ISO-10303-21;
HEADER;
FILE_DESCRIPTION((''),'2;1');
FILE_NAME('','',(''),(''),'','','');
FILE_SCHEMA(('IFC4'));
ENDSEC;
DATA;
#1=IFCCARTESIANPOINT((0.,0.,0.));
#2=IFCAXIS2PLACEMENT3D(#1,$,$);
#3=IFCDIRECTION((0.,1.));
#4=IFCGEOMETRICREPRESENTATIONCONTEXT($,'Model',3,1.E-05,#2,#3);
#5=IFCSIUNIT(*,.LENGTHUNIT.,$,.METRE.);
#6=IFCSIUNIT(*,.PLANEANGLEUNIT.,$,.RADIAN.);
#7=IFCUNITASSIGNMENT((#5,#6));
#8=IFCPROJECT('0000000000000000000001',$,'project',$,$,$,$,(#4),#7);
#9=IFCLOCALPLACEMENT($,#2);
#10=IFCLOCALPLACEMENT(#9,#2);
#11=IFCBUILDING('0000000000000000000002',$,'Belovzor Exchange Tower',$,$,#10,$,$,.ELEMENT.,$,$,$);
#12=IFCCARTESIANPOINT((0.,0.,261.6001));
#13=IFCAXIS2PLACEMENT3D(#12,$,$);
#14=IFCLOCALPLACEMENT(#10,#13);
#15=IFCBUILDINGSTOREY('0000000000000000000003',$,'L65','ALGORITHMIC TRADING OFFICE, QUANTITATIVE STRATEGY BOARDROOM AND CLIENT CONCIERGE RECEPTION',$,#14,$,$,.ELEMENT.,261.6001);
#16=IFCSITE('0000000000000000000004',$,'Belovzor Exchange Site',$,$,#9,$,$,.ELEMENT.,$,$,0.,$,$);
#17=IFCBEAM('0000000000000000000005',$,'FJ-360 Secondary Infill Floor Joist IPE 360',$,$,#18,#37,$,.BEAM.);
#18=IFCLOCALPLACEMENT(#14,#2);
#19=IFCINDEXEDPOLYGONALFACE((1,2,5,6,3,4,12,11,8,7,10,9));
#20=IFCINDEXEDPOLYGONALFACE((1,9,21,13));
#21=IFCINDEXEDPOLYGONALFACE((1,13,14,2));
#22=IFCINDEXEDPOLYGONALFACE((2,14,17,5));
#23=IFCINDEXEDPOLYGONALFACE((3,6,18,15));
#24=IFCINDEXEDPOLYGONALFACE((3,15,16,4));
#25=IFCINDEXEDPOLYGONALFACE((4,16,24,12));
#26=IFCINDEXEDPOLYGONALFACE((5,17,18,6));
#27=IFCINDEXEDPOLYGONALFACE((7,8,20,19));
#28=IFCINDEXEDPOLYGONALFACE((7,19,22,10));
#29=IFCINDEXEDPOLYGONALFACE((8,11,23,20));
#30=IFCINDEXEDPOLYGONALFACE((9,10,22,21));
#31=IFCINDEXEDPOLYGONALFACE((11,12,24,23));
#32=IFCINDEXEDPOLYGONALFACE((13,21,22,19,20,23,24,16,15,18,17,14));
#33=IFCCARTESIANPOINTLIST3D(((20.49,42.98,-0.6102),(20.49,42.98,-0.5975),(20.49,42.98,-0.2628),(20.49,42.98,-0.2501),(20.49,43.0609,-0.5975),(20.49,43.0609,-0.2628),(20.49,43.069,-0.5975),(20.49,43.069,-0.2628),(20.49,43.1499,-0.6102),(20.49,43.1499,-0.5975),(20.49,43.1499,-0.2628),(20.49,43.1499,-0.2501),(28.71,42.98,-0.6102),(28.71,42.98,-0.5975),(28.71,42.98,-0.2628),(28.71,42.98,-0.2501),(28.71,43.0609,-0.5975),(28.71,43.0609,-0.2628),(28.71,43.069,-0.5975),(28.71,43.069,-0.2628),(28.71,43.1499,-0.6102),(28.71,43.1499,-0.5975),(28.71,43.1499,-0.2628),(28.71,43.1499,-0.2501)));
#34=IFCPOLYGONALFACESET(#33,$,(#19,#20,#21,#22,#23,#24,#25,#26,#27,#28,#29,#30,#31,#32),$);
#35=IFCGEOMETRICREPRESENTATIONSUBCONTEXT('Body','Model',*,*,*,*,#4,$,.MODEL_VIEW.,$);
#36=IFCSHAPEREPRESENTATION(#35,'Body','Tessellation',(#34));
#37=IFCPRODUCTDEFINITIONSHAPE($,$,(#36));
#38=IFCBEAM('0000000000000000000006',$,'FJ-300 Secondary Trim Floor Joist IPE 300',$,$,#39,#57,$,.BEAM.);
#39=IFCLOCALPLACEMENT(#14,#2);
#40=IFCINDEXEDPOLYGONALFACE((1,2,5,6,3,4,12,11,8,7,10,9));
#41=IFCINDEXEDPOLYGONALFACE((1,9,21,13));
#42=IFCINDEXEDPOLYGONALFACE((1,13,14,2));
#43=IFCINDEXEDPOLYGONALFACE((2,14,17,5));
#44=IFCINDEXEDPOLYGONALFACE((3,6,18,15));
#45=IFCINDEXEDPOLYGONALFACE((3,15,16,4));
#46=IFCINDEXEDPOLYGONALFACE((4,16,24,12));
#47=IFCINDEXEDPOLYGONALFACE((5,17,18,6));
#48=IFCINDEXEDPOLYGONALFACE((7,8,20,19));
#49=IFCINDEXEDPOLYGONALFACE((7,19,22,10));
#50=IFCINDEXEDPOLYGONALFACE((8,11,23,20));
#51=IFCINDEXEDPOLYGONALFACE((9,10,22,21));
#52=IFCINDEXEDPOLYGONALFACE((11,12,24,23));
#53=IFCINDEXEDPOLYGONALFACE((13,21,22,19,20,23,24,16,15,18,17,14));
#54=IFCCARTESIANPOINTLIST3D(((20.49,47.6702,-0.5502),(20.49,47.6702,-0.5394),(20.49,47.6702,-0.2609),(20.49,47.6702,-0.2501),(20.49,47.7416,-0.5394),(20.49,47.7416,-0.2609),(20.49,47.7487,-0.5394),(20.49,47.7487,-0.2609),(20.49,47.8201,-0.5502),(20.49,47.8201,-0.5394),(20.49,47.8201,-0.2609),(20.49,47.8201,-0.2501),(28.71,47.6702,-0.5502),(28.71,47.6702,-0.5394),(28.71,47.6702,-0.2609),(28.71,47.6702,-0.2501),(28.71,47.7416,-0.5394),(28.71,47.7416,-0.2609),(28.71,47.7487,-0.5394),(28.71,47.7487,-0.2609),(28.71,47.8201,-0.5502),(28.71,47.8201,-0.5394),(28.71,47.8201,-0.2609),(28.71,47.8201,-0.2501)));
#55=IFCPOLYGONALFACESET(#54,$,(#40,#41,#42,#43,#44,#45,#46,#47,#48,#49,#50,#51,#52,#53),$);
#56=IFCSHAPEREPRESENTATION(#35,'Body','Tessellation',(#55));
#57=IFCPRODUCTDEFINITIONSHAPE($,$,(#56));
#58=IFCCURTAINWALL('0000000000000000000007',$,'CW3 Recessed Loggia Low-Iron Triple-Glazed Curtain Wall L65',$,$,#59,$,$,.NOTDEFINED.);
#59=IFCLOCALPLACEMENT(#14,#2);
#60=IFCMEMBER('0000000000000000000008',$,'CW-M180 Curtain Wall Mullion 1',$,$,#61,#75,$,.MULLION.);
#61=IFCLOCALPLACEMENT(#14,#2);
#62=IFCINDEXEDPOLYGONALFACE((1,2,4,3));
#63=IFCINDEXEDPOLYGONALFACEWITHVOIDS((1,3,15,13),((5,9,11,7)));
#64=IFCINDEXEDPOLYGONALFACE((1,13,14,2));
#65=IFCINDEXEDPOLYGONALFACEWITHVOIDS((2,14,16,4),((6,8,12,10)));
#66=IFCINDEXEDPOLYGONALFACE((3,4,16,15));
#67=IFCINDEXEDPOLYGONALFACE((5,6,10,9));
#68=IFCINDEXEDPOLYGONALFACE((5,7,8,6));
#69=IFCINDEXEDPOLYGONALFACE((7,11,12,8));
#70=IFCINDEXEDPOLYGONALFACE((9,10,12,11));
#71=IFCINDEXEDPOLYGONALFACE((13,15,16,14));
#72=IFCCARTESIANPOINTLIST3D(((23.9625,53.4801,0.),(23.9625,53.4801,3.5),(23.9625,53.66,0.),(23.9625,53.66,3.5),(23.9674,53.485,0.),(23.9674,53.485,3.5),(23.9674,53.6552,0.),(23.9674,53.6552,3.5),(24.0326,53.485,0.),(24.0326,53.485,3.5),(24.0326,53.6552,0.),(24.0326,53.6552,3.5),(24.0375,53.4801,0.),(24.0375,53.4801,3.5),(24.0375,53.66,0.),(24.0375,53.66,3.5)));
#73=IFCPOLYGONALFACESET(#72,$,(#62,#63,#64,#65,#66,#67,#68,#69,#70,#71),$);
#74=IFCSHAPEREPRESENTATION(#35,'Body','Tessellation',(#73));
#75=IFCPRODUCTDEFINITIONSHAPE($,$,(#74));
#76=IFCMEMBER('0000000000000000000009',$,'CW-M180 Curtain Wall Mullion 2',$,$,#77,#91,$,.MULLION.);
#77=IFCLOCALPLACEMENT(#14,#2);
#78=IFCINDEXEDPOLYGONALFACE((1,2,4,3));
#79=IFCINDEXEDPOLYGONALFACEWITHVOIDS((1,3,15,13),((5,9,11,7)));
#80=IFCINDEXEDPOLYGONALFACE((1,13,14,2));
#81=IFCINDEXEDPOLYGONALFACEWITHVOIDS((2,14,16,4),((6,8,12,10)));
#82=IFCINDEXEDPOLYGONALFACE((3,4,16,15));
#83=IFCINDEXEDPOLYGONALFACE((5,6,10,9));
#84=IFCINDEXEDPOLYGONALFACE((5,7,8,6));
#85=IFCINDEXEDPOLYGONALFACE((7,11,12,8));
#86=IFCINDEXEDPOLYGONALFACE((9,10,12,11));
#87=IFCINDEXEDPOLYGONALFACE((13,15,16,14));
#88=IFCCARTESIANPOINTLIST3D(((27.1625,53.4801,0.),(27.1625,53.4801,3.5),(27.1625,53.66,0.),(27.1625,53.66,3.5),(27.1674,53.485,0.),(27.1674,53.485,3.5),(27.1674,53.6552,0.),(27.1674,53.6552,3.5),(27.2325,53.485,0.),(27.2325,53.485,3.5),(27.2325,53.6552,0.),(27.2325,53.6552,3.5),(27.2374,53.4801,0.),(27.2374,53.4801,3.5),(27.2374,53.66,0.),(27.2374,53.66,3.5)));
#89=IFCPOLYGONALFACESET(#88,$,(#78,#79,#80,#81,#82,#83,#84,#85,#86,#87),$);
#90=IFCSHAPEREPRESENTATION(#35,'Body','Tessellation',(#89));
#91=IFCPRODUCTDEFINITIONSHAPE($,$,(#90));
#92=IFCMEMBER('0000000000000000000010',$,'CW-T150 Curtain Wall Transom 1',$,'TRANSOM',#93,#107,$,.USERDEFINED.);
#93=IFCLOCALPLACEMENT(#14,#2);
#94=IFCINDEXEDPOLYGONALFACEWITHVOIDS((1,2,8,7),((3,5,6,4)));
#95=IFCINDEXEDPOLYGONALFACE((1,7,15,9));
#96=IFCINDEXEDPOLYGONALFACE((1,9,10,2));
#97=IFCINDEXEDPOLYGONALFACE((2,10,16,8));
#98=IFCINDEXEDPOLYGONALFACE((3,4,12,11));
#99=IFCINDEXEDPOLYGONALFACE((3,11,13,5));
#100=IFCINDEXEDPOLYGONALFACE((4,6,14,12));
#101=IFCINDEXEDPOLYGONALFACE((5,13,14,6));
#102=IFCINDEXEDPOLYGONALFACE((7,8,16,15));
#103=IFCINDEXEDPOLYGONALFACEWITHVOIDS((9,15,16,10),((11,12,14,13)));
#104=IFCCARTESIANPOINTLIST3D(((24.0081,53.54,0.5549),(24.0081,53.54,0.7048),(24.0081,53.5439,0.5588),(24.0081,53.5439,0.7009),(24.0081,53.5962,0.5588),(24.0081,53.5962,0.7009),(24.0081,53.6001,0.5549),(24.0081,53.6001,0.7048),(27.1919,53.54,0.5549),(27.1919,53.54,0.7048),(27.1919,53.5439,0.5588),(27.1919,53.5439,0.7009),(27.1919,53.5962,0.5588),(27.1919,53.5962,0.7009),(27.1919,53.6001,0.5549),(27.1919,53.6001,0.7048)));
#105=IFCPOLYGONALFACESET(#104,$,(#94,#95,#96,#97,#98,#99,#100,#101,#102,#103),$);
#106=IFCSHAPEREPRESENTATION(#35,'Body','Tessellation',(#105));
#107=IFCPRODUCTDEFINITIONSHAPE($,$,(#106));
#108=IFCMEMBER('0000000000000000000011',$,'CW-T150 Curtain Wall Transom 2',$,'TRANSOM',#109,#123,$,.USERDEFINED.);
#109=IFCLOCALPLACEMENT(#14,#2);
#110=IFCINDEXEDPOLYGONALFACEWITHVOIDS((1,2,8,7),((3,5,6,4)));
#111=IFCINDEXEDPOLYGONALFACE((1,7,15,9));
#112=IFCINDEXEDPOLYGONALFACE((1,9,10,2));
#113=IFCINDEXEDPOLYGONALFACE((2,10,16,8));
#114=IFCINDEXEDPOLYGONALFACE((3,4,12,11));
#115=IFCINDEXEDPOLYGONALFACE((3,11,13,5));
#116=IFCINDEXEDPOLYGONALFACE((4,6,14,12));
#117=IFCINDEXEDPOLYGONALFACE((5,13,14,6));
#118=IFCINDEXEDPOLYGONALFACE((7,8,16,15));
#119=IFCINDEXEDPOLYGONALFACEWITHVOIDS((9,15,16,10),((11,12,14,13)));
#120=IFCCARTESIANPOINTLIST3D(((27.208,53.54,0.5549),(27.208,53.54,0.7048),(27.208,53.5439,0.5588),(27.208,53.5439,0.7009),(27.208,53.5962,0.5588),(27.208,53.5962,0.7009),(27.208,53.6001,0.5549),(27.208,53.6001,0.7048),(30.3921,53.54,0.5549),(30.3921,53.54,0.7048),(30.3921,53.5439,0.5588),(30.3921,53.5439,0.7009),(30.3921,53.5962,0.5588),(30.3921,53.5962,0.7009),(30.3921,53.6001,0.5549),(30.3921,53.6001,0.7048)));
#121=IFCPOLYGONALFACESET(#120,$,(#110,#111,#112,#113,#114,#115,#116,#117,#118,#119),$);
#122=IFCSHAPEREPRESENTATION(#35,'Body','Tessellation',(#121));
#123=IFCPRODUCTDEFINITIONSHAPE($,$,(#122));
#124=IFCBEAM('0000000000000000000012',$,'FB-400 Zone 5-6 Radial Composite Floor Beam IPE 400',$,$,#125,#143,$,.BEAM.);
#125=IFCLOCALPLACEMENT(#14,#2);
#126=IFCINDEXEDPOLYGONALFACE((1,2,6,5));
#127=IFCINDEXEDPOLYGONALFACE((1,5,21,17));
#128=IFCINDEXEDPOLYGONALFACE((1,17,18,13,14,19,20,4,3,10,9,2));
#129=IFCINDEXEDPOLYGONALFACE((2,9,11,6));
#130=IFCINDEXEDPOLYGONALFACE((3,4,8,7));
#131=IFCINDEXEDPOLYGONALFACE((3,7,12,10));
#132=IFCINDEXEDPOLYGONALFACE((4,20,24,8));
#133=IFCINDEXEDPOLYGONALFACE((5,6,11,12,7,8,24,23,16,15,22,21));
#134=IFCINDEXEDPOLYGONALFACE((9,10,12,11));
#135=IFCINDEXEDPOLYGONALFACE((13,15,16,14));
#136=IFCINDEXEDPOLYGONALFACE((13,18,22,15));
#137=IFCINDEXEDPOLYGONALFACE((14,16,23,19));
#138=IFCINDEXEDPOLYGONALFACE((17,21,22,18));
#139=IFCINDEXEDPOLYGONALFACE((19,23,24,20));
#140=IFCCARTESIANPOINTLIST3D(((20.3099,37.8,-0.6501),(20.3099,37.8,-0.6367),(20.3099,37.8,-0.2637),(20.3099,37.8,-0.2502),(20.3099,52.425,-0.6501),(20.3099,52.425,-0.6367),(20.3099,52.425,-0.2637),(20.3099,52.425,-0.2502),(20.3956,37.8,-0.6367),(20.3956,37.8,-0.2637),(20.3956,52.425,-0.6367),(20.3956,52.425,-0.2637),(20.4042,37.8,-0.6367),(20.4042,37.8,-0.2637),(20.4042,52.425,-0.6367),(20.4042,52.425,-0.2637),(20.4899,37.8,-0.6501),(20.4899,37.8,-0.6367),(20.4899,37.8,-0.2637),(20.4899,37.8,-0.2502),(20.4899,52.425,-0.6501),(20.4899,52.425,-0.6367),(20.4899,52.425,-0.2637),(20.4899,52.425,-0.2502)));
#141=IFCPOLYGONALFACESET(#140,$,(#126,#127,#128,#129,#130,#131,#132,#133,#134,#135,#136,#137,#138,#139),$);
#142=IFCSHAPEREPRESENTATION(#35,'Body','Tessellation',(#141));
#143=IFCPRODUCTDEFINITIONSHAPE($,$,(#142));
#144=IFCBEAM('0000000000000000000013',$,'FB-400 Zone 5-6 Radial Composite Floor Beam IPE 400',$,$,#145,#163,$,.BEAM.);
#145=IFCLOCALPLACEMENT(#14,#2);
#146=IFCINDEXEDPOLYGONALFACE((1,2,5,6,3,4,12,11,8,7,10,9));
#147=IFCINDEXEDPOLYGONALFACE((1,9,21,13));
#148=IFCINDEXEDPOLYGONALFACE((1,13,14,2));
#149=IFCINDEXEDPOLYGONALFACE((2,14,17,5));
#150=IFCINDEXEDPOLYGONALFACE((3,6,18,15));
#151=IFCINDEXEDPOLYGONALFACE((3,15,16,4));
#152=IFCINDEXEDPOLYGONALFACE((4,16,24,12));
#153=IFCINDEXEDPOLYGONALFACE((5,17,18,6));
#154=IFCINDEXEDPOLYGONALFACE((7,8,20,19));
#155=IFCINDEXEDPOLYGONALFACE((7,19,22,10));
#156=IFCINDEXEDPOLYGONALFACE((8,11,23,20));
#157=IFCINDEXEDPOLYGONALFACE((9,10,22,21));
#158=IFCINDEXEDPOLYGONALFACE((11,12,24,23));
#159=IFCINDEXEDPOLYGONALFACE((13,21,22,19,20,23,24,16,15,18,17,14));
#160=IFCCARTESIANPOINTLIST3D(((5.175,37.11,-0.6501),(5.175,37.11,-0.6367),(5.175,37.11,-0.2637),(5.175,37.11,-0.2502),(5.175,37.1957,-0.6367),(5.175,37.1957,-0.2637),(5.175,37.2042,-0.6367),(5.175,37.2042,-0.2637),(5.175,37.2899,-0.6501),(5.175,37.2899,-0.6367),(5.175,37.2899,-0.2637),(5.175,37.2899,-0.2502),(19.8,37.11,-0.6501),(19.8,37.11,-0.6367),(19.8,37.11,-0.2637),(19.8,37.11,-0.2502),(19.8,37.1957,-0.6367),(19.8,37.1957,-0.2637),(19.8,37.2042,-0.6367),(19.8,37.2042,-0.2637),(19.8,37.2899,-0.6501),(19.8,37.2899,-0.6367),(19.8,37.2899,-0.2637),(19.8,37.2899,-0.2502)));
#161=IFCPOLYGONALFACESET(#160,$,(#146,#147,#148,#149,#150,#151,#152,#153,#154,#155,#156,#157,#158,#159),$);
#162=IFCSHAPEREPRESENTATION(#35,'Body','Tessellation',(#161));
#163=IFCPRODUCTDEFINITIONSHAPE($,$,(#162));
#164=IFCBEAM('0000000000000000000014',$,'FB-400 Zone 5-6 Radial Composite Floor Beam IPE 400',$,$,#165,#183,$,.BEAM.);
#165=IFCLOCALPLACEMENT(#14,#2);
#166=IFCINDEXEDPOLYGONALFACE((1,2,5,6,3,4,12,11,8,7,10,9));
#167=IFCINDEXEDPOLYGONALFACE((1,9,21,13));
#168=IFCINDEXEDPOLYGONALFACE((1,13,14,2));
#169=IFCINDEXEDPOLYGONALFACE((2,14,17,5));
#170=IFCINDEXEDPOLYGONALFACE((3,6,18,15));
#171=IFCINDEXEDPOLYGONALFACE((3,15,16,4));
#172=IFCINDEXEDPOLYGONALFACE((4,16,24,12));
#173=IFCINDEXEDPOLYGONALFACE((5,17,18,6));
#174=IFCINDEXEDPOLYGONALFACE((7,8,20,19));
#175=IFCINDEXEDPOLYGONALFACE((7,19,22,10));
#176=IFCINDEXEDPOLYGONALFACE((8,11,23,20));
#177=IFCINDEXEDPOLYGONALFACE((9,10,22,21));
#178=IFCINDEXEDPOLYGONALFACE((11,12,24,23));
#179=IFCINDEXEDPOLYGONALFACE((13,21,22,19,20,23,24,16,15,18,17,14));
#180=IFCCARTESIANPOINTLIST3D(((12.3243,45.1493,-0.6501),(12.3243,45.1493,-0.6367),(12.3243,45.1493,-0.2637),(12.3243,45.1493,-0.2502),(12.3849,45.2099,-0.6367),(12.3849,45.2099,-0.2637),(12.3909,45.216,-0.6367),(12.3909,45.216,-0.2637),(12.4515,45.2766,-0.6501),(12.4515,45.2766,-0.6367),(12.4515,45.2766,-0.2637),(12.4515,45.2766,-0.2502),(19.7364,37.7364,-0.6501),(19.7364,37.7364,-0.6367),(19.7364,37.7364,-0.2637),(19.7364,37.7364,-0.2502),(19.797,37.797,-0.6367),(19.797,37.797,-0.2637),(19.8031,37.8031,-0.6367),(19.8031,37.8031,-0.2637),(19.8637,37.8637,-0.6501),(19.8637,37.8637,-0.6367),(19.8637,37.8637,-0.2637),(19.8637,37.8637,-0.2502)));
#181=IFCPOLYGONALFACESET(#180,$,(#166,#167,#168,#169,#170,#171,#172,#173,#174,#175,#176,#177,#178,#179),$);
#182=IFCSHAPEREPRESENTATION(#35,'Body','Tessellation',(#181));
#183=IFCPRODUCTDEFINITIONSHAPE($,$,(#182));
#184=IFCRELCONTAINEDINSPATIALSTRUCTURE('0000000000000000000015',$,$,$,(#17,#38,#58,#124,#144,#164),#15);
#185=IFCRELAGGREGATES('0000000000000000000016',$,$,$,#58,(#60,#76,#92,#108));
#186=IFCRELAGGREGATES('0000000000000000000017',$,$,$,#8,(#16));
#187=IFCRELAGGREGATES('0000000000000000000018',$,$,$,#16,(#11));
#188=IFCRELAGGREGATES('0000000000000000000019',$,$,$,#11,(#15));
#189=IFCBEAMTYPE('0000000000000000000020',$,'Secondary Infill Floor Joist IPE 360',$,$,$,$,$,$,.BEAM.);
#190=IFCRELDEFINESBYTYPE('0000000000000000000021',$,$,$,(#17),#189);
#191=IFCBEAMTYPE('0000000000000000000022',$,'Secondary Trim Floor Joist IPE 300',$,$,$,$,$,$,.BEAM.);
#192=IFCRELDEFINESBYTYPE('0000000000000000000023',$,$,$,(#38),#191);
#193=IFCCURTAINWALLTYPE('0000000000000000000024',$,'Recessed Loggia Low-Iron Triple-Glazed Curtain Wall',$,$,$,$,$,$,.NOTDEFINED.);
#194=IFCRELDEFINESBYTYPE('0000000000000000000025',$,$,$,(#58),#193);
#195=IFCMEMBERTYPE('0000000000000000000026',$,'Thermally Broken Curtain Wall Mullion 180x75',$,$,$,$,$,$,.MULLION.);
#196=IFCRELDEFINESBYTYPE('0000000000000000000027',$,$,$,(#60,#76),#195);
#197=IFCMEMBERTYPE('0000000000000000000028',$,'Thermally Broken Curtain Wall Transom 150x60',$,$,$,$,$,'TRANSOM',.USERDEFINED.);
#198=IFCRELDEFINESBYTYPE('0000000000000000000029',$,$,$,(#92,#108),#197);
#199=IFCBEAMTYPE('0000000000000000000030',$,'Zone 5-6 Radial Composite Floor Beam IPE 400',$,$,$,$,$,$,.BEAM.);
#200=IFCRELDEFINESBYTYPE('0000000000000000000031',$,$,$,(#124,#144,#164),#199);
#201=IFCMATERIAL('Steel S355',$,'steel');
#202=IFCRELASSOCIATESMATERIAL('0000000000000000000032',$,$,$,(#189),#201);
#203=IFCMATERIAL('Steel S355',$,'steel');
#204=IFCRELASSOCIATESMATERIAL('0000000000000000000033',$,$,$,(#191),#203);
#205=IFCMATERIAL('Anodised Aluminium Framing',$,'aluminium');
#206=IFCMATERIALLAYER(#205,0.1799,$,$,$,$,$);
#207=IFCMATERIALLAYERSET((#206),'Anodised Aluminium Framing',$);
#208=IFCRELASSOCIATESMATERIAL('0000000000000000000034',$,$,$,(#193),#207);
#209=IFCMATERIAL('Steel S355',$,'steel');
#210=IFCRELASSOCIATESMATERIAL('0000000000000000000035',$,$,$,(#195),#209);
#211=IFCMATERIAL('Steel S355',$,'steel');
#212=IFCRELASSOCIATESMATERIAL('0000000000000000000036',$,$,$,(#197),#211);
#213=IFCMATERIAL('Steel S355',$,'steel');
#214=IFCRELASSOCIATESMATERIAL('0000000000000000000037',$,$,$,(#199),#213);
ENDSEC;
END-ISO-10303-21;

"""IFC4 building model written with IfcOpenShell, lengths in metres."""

from ifc_helpers import new_model, si_unit, direction, frame, origin, origin_2d, place, context, subcontext, project, spatial, hollow_rectangle, i_section, extrude, material, layer, layer_set, material_profile, profile_set, type_object, element, aggregate, save


model = new_model("IFC4")

# Units and contexts
model_context = context("Model", 3, precision=1e-05, world=origin(), true_north=direction((0.0, 1.0)))
body_context = subcontext(model_context, "Body", "Model", "MODEL_VIEW")
ifc_project = project(units=[si_unit("LENGTHUNIT", "METRE"), si_unit("PLANEANGLEUNIT", "RADIAN")], contexts=[model_context])

# Site, building, storey
site_placement = place(None, origin())
site = spatial("IfcSite", under=ifc_project, at=site_placement, Name="Belovzor Exchange Site", CompositionType="ELEMENT", RefElevation=0.0)
building_placement = place(site_placement, origin())
building = spatial("IfcBuilding", under=site, at=building_placement, Name="Belovzor Exchange Tower", CompositionType="ELEMENT")
storey_placement = place(building_placement, frame((0.0, 0.0, 261.6001)))
storey = spatial("IfcBuildingStorey", under=building, at=storey_placement, Name="L65", Description="ALGORITHMIC TRADING OFFICE, QUANTITATIVE STRATEGY BOARDROOM AND CLIENT CONCIERGE RECEPTION", CompositionType="ELEMENT", Elevation=261.6001)

# Beams
ifc_material_1 = material(Name="Steel S355", Category="steel")
ifc_material_profile_1 = material_profile(ifc_material_1, i_section(OverallWidth=0.1699, OverallDepth=0.3601, WebThickness=0.0081, FlangeThickness=0.0127, at=origin_2d()))
ifc_profile_set_1 = profile_set([ifc_material_profile_1], Name="Steel S355")
beam_type_1 = type_object("IfcBeamType", Name="Secondary Infill Floor Joist IPE 360", PredefinedType="BEAM", material=ifc_profile_set_1)
beam_1_placement = place(storey_placement, frame((20.49, 43.0649, -0.4302), z_axis=(1.0, 0.0, 0.0), x_axis=(0.0, 1.0, 0.0)))
element("IfcBeam", 1, at=beam_1_placement, inside=storey, type_object=beam_type_1, Name="FJ-360 Secondary Infill Floor Joist IPE 360", PredefinedType="BEAM", context=body_context, shape_type="SweptSolid", body=[
    extrude(i_section(OverallWidth=0.1699, OverallDepth=0.3601, WebThickness=0.0081, FlangeThickness=0.0127, at=origin_2d()), origin(), (0.0, 0.0, 1.0), 8.22),
])
ifc_material_2 = material(Name="Steel S355", Category="steel")
ifc_material_profile_2 = material_profile(ifc_material_2, i_section(OverallWidth=0.1499, OverallDepth=0.3, WebThickness=0.0071, FlangeThickness=0.0107, at=origin_2d()))
ifc_profile_set_2 = profile_set([ifc_material_profile_2], Name="Steel S355")
beam_type_2 = type_object("IfcBeamType", Name="Secondary Trim Floor Joist IPE 300", PredefinedType="BEAM", material=ifc_profile_set_2)
beam_2_placement = place(storey_placement, frame((20.49, 47.7451, -0.4001), z_axis=(1.0, 0.0, 0.0), x_axis=(0.0, 1.0, 0.0)))
element("IfcBeam", 2, at=beam_2_placement, inside=storey, type_object=beam_type_2, Name="FJ-300 Secondary Trim Floor Joist IPE 300", PredefinedType="BEAM", context=body_context, shape_type="SweptSolid", body=[
    extrude(i_section(OverallWidth=0.1499, OverallDepth=0.3, WebThickness=0.0071, FlangeThickness=0.0107, at=origin_2d()), origin(), (0.0, 0.0, 1.0), 8.22),
])

# Curtain wall, members
ifc_material_3 = material(Name="Anodised Aluminium Framing", Category="aluminium")
ifc_layer_1 = layer(ifc_material_3, 0.1799)
ifc_layer_set_1 = layer_set([ifc_layer_1], Name="Anodised Aluminium Framing")
curtain_wall_type = type_object("IfcCurtainWallType", Name="Recessed Loggia Low-Iron Triple-Glazed Curtain Wall", PredefinedType="NOTDEFINED", material=ifc_layer_set_1)
curtain_wall_placement = place(storey_placement, origin())
curtain_wall = element("IfcCurtainWall", 3, at=curtain_wall_placement, inside=storey, type_object=curtain_wall_type, Name="CW3 Recessed Loggia Low-Iron Triple-Glazed Curtain Wall L65", PredefinedType="NOTDEFINED")
ifc_material_4 = material(Name="Steel S355", Category="steel")
ifc_material_profile_3 = material_profile(ifc_material_4, hollow_rectangle(XDim=0.075, YDim=0.1799, WallThickness=0.0049, at=origin_2d()))
ifc_profile_set_3 = profile_set([ifc_material_profile_3], Name="Steel S355")
member_type_1 = type_object("IfcMemberType", Name="Thermally Broken Curtain Wall Mullion 180x75", PredefinedType="MULLION", material=ifc_profile_set_3)
member_1_placement = place(storey_placement, frame((24.0, 53.5701, 0.0), z_axis=(0.0, 0.0, 1.0), x_axis=(1.0, 0.0, 0.0)))
member_1 = element("IfcMember", 4, at=member_1_placement, type_object=member_type_1, Name="CW-M180 Curtain Wall Mullion 1", PredefinedType="MULLION", context=body_context, shape_type="SweptSolid", body=[
    extrude(hollow_rectangle(XDim=0.075, YDim=0.1799, WallThickness=0.0049, at=origin_2d()), origin(), (0.0, 0.0, 1.0), 3.5),
])
member_2_placement = place(storey_placement, frame((27.2, 53.5701, 0.0), z_axis=(0.0, 0.0, 1.0), x_axis=(1.0, 0.0, 0.0)))
member_2 = element("IfcMember", 5, at=member_2_placement, type_object=member_type_1, Name="CW-M180 Curtain Wall Mullion 2", PredefinedType="MULLION", context=body_context, shape_type="SweptSolid", body=[
    extrude(hollow_rectangle(XDim=0.075, YDim=0.1799, WallThickness=0.0049, at=origin_2d()), origin(), (0.0, 0.0, 1.0), 3.5),
])
ifc_material_5 = material(Name="Steel S355", Category="steel")
ifc_material_profile_4 = material_profile(ifc_material_5, hollow_rectangle(XDim=0.0601, YDim=0.1499, WallThickness=0.0039, at=origin_2d()))
ifc_profile_set_4 = profile_set([ifc_material_profile_4], Name="Steel S355")
member_type_2 = type_object("IfcMemberType", Name="Thermally Broken Curtain Wall Transom 150x60", ElementType="TRANSOM", PredefinedType="USERDEFINED", material=ifc_profile_set_4)
member_3_placement = place(storey_placement, frame((24.0081, 53.5701, 0.6299), z_axis=(1.0, 0.0, 0.0), x_axis=(0.0, 1.0, 0.0)))
member_3 = element("IfcMember", 6, at=member_3_placement, type_object=member_type_2, Name="CW-T150 Curtain Wall Transom 1", ObjectType="TRANSOM", PredefinedType="USERDEFINED", context=body_context, shape_type="SweptSolid", body=[
    extrude(hollow_rectangle(XDim=0.0601, YDim=0.1499, WallThickness=0.0039, at=origin_2d()), origin(), (0.0, 0.0, 1.0), 3.1838),
])
member_4_placement = place(storey_placement, frame((27.208, 53.5701, 0.6299), z_axis=(1.0, 0.0, 0.0), x_axis=(0.0, 1.0, 0.0)))
member_4 = element("IfcMember", 7, at=member_4_placement, type_object=member_type_2, Name="CW-T150 Curtain Wall Transom 2", ObjectType="TRANSOM", PredefinedType="USERDEFINED", context=body_context, shape_type="SweptSolid", body=[
    extrude(hollow_rectangle(XDim=0.0601, YDim=0.1499, WallThickness=0.0039, at=origin_2d()), origin(), (0.0, 0.0, 1.0), 3.1841),
])

# Beams
ifc_material_6 = material(Name="Steel S355", Category="steel")
ifc_material_profile_5 = material_profile(ifc_material_6, i_section(OverallWidth=0.1799, OverallDepth=0.3999, WebThickness=0.0085, FlangeThickness=0.0134, at=origin_2d()))
ifc_profile_set_5 = profile_set([ifc_material_profile_5], Name="Steel S355")
beam_type_3 = type_object("IfcBeamType", Name="Zone 5-6 Radial Composite Floor Beam IPE 400", PredefinedType="BEAM", material=ifc_profile_set_5)
for number, where, z_axis, x_axis, name in (
    (8, (20.3999, 37.8, -0.4502), (0.0, 1.0, 0.0), (-1.0, 0.0, 0.0), "FB-400 Zone 5-6 Radial Composite Floor Beam IPE 400"),
    (9, (19.8, 37.2, -0.4502), (-1.0, 0.0, 0.0), (0.0, -1.0, 0.0), "FB-400 Zone 5-6 Radial Composite Floor Beam IPE 400"),
):
    element("IfcBeam", number, at=place(storey_placement, frame(where, z_axis=z_axis, x_axis=x_axis)), inside=storey, type_object=beam_type_3, Name=name, PredefinedType="BEAM", context=body_context, shape_type="SweptSolid", body=[
        extrude(i_section(OverallWidth=0.1799, OverallDepth=0.3999, WebThickness=0.0085, FlangeThickness=0.0134, at=origin_2d()), origin(), (0.0, 0.0, 1.0), 14.625),
    ])
beam_3_placement = place(storey_placement, frame((19.8, 37.8, -0.4502), z_axis=(-0.707072, 0.707142, 0.0), x_axis=(-0.707142, -0.707072, 0.0)))
element("IfcBeam", 10, at=beam_3_placement, inside=storey, type_object=beam_type_3, Name="FB-400 Zone 5-6 Radial Composite Floor Beam IPE 400", PredefinedType="BEAM", context=body_context, shape_type="SweptSolid", body=[
    extrude(i_section(OverallWidth=0.1799, OverallDepth=0.3999, WebThickness=0.0085, FlangeThickness=0.0134, at=origin_2d()), origin(), (0.0, 0.0, 1.0), 10.4829),
])

aggregate(curtain_wall, [member_1, member_2, member_3, member_4])

save(model, "model.ifc")
